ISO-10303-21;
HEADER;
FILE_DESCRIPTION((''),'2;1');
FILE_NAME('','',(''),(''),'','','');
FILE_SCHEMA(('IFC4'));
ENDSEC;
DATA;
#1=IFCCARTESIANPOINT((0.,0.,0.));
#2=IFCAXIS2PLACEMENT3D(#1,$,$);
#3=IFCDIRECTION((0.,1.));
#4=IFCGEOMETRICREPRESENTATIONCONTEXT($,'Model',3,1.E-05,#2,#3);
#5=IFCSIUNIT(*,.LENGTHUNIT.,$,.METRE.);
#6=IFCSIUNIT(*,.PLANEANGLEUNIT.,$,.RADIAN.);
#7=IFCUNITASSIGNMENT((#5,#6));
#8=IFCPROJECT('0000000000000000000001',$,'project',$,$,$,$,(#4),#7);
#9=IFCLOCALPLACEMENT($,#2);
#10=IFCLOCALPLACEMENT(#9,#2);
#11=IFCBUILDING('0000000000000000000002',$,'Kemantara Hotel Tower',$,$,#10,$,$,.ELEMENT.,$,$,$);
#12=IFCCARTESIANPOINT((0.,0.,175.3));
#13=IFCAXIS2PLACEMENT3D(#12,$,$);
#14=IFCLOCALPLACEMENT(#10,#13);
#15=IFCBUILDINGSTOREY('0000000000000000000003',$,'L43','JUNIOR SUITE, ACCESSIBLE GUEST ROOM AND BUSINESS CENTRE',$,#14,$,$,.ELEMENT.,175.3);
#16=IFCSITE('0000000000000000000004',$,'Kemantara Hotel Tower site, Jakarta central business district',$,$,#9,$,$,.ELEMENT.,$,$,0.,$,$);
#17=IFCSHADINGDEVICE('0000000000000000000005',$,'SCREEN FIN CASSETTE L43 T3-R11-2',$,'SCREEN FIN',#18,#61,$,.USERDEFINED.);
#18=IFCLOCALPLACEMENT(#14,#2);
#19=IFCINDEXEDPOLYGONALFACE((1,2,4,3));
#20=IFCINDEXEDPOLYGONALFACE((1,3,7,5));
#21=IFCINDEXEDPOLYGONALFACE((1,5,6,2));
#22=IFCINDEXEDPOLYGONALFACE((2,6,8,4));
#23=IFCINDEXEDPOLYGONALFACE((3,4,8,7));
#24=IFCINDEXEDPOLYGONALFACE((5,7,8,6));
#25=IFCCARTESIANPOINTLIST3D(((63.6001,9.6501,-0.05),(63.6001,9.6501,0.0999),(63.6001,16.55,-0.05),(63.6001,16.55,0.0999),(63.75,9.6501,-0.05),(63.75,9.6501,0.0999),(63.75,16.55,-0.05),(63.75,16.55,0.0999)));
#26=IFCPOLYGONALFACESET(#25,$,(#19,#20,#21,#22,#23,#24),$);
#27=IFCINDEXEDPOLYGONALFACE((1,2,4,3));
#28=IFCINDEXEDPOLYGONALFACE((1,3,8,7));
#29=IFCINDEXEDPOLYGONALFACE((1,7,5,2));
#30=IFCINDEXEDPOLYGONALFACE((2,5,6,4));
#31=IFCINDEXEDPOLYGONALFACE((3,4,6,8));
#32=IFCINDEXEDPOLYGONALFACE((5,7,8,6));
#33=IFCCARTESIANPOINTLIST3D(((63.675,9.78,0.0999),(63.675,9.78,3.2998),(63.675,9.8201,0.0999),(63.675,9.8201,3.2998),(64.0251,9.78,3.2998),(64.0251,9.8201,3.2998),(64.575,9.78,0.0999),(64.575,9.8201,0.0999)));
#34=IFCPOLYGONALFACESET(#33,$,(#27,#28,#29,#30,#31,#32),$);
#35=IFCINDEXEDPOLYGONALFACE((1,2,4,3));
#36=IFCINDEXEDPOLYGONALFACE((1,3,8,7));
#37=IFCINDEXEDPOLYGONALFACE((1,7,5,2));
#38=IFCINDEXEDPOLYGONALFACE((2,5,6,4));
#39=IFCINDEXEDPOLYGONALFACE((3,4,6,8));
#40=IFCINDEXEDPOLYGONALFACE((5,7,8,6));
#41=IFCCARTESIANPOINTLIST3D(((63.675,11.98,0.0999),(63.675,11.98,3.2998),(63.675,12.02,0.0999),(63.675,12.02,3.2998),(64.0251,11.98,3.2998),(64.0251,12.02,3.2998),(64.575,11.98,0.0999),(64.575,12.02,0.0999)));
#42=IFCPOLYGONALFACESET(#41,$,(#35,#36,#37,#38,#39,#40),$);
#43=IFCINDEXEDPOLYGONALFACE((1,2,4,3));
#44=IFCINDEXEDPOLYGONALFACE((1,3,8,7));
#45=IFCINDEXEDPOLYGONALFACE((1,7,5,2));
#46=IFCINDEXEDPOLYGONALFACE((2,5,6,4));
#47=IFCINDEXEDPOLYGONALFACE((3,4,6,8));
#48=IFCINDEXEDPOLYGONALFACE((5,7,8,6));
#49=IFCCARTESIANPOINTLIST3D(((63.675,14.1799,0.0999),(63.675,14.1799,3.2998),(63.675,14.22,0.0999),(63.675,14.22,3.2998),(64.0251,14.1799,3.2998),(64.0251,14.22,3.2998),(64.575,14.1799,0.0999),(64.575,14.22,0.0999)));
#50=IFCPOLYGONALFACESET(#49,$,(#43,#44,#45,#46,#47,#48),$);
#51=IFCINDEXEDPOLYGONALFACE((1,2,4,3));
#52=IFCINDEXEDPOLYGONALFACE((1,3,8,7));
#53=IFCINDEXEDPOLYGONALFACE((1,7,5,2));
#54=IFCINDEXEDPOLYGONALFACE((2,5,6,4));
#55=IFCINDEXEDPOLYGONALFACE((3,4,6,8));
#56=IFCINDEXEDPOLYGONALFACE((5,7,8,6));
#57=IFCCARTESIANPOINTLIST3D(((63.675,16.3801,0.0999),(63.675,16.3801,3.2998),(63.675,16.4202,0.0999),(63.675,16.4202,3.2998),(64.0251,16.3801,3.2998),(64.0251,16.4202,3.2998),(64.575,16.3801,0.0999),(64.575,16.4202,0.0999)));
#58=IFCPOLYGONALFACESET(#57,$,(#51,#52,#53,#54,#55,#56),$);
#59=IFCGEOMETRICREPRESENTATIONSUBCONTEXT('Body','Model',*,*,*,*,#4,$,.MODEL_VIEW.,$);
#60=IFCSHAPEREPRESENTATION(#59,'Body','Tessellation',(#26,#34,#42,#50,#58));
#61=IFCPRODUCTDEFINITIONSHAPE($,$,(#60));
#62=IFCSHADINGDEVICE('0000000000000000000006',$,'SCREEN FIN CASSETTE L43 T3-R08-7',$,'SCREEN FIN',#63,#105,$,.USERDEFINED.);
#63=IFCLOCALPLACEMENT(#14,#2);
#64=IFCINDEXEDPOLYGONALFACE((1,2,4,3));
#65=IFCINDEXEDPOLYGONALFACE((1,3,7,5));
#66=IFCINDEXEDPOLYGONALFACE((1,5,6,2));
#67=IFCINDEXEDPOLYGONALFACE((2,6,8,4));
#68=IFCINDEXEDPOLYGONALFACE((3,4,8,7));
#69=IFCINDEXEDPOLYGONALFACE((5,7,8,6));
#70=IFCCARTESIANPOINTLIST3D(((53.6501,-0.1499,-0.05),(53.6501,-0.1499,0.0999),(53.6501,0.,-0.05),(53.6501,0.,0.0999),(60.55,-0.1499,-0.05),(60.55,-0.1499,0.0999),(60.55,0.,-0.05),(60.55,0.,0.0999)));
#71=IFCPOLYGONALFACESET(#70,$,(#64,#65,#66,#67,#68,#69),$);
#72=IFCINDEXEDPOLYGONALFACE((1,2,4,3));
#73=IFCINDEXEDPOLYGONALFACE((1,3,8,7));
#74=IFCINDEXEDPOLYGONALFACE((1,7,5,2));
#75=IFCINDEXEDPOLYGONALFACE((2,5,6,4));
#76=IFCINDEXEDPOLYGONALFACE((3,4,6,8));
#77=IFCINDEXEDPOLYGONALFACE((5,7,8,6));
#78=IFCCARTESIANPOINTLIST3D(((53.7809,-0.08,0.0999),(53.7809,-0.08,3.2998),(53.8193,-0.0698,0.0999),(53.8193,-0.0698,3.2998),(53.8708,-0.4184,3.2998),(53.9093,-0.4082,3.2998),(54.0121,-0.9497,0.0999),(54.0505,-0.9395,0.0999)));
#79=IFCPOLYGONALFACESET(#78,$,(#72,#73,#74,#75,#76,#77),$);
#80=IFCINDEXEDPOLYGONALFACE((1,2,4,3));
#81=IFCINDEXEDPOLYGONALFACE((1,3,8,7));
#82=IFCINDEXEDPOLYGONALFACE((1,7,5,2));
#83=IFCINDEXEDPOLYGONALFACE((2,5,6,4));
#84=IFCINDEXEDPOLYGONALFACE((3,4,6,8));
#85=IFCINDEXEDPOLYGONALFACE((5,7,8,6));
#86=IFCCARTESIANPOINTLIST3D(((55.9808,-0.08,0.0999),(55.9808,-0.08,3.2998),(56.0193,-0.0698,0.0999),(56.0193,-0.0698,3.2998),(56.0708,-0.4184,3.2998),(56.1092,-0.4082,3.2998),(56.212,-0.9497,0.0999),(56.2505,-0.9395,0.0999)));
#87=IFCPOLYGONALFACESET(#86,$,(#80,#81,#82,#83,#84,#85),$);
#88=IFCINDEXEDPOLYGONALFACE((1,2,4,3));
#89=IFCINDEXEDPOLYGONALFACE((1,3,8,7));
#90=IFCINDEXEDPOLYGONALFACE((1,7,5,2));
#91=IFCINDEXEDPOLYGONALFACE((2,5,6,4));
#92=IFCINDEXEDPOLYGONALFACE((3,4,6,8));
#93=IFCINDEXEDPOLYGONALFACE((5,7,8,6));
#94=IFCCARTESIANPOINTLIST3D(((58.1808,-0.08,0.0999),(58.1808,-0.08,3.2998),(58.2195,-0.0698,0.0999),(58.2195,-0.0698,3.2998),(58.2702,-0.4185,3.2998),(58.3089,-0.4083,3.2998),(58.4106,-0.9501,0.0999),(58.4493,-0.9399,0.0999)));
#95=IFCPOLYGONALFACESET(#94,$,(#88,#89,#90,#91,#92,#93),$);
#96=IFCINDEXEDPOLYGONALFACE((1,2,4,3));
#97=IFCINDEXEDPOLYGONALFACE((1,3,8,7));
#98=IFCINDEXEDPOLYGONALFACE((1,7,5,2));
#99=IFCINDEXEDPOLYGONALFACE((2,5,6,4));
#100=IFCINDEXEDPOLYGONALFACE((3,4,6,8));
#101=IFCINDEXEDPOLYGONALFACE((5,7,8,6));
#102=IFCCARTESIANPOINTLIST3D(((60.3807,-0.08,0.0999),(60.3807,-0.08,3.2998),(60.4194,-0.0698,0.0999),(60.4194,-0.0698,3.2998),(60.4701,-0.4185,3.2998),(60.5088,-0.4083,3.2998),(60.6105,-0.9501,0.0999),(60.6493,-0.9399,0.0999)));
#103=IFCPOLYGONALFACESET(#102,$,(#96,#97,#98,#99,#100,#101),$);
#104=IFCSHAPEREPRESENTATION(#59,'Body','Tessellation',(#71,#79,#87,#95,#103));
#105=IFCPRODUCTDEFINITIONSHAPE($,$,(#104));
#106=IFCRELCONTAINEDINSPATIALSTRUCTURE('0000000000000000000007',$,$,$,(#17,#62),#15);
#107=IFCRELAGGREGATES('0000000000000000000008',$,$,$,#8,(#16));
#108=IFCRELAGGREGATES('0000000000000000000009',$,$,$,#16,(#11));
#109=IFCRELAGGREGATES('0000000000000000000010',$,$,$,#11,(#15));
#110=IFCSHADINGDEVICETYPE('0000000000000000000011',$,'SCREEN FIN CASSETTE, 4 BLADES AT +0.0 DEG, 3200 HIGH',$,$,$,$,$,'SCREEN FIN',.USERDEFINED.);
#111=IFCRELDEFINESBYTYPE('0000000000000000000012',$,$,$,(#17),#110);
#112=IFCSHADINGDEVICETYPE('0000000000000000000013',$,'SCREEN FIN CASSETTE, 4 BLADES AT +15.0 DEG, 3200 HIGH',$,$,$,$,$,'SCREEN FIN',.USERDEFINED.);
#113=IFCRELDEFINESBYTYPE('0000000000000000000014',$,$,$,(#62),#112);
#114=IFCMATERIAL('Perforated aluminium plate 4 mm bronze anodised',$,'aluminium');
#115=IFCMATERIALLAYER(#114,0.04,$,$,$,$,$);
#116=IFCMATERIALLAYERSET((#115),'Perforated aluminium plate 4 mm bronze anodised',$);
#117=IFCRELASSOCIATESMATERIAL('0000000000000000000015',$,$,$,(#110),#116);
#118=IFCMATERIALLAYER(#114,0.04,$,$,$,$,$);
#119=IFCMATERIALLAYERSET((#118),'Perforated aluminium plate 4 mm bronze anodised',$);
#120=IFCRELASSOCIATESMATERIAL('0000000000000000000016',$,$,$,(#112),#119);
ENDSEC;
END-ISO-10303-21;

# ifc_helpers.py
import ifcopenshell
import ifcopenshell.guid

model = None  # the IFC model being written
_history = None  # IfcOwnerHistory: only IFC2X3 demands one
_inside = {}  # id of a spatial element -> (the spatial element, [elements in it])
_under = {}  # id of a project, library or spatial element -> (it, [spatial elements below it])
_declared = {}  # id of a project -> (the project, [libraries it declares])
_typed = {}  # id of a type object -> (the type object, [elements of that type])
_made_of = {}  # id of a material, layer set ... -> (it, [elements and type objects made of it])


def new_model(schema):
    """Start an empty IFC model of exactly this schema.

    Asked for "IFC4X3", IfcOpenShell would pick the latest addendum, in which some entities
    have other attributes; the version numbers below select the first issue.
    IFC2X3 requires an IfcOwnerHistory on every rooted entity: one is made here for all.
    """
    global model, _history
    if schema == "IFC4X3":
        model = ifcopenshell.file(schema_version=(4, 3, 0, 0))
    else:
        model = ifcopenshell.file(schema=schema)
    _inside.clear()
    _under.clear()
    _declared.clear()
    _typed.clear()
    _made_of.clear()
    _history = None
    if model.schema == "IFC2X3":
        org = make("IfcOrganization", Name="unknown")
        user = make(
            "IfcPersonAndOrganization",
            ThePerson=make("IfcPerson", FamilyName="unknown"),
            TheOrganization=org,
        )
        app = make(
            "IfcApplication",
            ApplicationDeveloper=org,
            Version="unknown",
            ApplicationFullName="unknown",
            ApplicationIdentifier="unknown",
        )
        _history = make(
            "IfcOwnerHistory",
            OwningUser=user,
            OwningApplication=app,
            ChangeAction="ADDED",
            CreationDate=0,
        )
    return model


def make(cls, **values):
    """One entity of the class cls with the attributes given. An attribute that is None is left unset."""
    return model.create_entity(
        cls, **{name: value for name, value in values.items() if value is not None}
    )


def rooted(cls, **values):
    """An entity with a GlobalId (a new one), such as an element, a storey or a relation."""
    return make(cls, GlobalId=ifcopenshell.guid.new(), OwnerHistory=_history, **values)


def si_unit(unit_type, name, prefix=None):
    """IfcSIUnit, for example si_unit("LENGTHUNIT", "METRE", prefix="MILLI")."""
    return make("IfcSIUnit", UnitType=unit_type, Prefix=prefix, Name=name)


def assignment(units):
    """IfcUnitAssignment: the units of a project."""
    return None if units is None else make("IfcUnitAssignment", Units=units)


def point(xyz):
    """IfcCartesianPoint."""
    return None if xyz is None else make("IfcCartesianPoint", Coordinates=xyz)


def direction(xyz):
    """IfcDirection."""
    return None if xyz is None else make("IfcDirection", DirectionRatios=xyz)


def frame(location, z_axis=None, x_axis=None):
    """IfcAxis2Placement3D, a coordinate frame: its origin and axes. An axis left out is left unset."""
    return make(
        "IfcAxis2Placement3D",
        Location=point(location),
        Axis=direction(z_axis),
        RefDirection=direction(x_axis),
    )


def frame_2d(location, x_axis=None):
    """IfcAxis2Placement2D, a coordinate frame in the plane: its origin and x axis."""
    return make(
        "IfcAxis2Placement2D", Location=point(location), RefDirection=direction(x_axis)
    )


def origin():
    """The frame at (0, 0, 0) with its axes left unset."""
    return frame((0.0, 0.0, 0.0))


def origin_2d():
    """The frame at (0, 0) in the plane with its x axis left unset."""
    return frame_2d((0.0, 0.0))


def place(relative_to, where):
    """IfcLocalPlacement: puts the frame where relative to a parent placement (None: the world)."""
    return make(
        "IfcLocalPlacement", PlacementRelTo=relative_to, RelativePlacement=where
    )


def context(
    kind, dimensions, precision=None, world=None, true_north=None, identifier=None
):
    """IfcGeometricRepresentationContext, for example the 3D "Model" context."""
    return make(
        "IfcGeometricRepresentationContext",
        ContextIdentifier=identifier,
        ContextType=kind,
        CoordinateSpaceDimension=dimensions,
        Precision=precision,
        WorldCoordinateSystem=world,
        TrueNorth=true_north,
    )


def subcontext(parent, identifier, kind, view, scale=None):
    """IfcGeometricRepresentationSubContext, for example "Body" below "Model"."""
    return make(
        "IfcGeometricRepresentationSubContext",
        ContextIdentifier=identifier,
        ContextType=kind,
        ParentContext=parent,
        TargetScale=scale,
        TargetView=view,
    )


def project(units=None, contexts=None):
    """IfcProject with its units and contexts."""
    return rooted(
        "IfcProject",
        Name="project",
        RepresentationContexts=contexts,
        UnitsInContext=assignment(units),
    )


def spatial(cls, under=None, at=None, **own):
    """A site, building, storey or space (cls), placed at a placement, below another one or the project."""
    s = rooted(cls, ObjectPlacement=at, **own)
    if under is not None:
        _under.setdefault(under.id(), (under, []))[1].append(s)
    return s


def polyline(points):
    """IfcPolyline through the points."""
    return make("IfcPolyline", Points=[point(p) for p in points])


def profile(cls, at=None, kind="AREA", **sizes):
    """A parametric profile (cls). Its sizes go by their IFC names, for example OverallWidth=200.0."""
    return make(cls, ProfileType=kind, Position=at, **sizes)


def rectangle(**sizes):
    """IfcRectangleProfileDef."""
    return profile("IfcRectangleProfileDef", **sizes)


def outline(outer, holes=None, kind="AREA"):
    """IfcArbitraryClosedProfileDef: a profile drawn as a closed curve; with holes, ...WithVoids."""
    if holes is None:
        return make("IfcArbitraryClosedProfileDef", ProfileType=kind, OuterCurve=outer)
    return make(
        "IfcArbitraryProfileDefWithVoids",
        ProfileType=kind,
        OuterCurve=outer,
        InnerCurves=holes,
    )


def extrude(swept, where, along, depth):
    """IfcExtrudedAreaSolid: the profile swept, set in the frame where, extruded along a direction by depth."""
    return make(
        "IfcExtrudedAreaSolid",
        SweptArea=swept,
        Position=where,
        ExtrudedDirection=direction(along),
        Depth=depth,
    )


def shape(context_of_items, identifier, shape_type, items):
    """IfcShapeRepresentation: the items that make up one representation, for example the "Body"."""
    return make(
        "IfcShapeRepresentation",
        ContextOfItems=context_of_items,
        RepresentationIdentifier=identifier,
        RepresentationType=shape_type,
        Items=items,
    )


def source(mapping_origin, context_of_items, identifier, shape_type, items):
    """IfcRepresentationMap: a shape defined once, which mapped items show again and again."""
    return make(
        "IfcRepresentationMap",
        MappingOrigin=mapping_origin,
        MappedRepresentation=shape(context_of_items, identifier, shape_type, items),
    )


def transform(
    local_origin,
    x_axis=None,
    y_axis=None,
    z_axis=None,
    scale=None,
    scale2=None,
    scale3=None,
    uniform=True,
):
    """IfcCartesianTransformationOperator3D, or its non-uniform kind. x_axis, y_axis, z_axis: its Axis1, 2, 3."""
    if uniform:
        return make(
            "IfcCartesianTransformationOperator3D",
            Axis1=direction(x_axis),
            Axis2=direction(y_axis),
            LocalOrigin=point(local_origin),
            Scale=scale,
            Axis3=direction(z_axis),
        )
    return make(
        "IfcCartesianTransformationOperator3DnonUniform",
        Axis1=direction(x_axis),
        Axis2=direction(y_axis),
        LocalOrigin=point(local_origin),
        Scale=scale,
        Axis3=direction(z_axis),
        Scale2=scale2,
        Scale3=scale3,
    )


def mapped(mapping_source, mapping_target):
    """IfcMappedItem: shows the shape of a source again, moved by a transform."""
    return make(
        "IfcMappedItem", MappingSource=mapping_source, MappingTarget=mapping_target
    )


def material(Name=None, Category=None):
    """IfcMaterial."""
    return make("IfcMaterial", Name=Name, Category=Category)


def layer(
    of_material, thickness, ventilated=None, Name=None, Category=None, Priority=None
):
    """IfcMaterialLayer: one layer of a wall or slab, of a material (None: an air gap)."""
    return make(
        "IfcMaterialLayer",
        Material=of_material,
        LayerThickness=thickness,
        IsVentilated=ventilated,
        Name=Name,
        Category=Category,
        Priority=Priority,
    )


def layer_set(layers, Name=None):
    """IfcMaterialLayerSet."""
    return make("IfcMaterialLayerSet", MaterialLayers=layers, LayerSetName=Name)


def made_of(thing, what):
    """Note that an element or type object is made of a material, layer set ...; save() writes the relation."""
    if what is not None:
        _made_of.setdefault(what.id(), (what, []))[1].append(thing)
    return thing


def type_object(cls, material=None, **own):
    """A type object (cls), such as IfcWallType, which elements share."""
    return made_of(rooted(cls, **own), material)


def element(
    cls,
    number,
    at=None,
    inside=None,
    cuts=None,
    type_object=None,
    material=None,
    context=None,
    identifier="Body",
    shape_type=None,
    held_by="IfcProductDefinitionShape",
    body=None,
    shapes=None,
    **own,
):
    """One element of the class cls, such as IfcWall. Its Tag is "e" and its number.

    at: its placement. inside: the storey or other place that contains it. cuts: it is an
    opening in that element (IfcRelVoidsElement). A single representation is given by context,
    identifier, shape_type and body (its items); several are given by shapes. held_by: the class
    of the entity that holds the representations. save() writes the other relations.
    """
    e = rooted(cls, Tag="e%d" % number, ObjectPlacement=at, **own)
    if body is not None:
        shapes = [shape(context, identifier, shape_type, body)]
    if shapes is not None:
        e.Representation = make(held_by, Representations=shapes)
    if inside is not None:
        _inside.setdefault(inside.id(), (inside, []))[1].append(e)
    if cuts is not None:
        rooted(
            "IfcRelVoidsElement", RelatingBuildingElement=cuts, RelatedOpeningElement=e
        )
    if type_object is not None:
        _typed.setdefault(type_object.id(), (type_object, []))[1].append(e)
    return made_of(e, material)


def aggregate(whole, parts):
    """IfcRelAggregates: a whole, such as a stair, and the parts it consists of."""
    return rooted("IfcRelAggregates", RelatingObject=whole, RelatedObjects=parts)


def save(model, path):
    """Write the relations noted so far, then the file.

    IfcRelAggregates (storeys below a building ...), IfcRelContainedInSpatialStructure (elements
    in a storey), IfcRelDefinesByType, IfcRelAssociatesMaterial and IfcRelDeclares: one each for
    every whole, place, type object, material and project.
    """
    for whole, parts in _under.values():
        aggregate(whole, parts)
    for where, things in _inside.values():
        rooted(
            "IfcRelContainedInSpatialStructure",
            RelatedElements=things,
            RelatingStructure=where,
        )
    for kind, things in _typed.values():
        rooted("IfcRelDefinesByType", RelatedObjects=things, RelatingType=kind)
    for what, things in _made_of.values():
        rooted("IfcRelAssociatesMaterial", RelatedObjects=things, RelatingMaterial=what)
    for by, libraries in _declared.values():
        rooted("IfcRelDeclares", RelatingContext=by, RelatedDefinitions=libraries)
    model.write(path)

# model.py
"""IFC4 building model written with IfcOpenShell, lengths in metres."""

from ifc_helpers import new_model, si_unit, direction, frame, origin, origin_2d, place, context, subcontext, project, spatial, polyline, rectangle, outline, extrude, source, transform, mapped, material, layer, layer_set, type_object, element, save


model = new_model("IFC4")

# Units and contexts
model_context = context("Model", 3, precision=1e-05, world=origin(), true_north=direction((0.0, 1.0)))
body_context = subcontext(model_context, "Body", "Model", "MODEL_VIEW")
ifc_project = project(units=[si_unit("LENGTHUNIT", "METRE"), si_unit("PLANEANGLEUNIT", "RADIAN")], contexts=[model_context])

# Site, building, storey
site_placement = place(None, origin())
site = spatial("IfcSite", under=ifc_project, at=site_placement, Name="Kemantara Hotel Tower site, Jakarta central business district", CompositionType="ELEMENT", RefElevation=0.0)
building_placement = place(site_placement, origin())
building = spatial("IfcBuilding", under=site, at=building_placement, Name="Kemantara Hotel Tower", CompositionType="ELEMENT")
storey_placement = place(building_placement, frame((0.0, 0.0, 175.3)))
storey = spatial("IfcBuildingStorey", under=building, at=storey_placement, Name="L43", Description="JUNIOR SUITE, ACCESSIBLE GUEST ROOM AND BUSINESS CENTRE", CompositionType="ELEMENT", Elevation=175.3)

# Shading devices
ifc_material_1 = material(Name="Perforated aluminium plate 4 mm bronze anodised", Category="aluminium")
ifc_layer_1 = layer(ifc_material_1, 0.04)
ifc_layer_set_1 = layer_set([ifc_layer_1], Name="Perforated aluminium plate 4 mm bronze anodised")
shading_device_type_1 = type_object("IfcShadingDeviceType", Name="SCREEN FIN CASSETTE, 4 BLADES AT +0.0 DEG, 3200 HIGH", ElementType="SCREEN FIN", PredefinedType="USERDEFINED", material=ifc_layer_set_1)
shared_shape_1 = source(origin(), body_context, "Body", "SweptSolid", [
    extrude(rectangle(XDim=6.8999, YDim=0.1499, at=origin_2d()), frame((3.3, -0.075, -0.1499), z_axis=(0.0, 0.0, 1.0), x_axis=(1.0, 0.0, 0.0)), (0.0, 0.0, 1.0), 0.1499),
    extrude(outline(polyline([(0.0, 0.0), (0.8999, 0.0), (0.3501, 3.2), (0.0, 3.2), (0.0, 0.0)])), frame((0.02, -0.075, 0.0), z_axis=(-1.0, 0.0, 0.0), x_axis=(0.0, -1.0, 0.0)), (0.0, 0.0, 1.0), 0.04),
    extrude(outline(polyline([(0.0, 0.0), (0.8999, 0.0), (0.3501, 3.2), (0.0, 3.2), (0.0, 0.0)])), frame((2.22, -0.075, 0.0), z_axis=(-1.0, 0.0, 0.0), x_axis=(0.0, -1.0, 0.0)), (0.0, 0.0, 1.0), 0.04),
    extrude(outline(polyline([(0.0, 0.0), (0.8999, 0.0), (0.3501, 3.2), (0.0, 3.2), (0.0, 0.0)])), frame((4.4199, -0.075, 0.0), z_axis=(-1.0, 0.0, 0.0), x_axis=(0.0, -1.0, 0.0)), (0.0, 0.0, 1.0), 0.04),
    extrude(outline(polyline([(0.0, 0.0), (0.8999, 0.0), (0.3501, 3.2), (0.0, 3.2), (0.0, 0.0)])), frame((6.6201, -0.075, 0.0), z_axis=(-1.0, 0.0, 0.0), x_axis=(0.0, -1.0, 0.0)), (0.0, 0.0, 1.0), 0.04),
])
shading_device_1_placement = place(storey_placement, frame((63.6001, 9.8, 0.0999), z_axis=(0.0, 0.0, 1.0), x_axis=(0.0, 1.0, 0.0)))
element("IfcShadingDevice", 1, at=shading_device_1_placement, inside=storey, type_object=shading_device_type_1, Name="SCREEN FIN CASSETTE L43 T3-R11-2", ObjectType="SCREEN FIN", PredefinedType="USERDEFINED", context=body_context, shape_type="MappedRepresentation", body=[
    mapped(shared_shape_1, transform((0.0, 0.0, 0.0))),
])
ifc_layer_2 = layer(ifc_material_1, 0.04)
ifc_layer_set_2 = layer_set([ifc_layer_2], Name="Perforated aluminium plate 4 mm bronze anodised")
shading_device_type_2 = type_object("IfcShadingDeviceType", Name="SCREEN FIN CASSETTE, 4 BLADES AT +15.0 DEG, 3200 HIGH", ElementType="SCREEN FIN", PredefinedType="USERDEFINED", material=ifc_layer_set_2)
shared_shape_2 = source(origin(), body_context, "Body", "SweptSolid", [
    extrude(rectangle(XDim=6.8999, YDim=0.1499, at=origin_2d()), frame((3.3, -0.075, -0.1499), z_axis=(0.0, 0.0, 1.0), x_axis=(1.0, 0.0, 0.0)), (0.0, 0.0, 1.0), 0.1499),
    extrude(outline(polyline([(0.0, 0.0), (0.8999, 0.0), (0.3501, 3.2), (0.0, 3.2), (0.0, 0.0)])), frame((0.0193, -0.0698, 0.0), z_axis=(-0.966438, -0.256901, 0.0), x_axis=(0.256901, -0.966438, 0.0)), (0.0, 0.0, 1.0), 0.0398),
    extrude(outline(polyline([(0.0, 0.0), (0.8999, 0.0), (0.3501, 3.2), (0.0, 3.2), (0.0, 0.0)])), frame((2.2192, -0.0698, 0.0), z_axis=(-0.966438, -0.256901, 0.0), x_axis=(0.256901, -0.966438, 0.0)), (0.0, 0.0, 1.0), 0.0398),
    extrude(outline(polyline([(0.0, 0.0), (0.8999, 0.0), (0.3501, 3.2), (0.0, 3.2), (0.0, 0.0)])), frame((4.4194, -0.0698, 0.0), z_axis=(-0.966838, -0.255391, 0.0), x_axis=(0.255391, -0.966838, 0.0)), (0.0, 0.0, 1.0), 0.04),
    extrude(outline(polyline([(0.0, 0.0), (0.8999, 0.0), (0.3501, 3.2), (0.0, 3.2), (0.0, 0.0)])), frame((6.6194, -0.0698, 0.0), z_axis=(-0.966838, -0.255391, 0.0), x_axis=(0.255391, -0.966838, 0.0)), (0.0, 0.0, 1.0), 0.04),
])
shading_device_2_placement = place(storey_placement, frame((53.8, 0.0, 0.0999), z_axis=(0.0, 0.0, 1.0), x_axis=(1.0, 0.0, 0.0)))
element("IfcShadingDevice", 2, at=shading_device_2_placement, inside=storey, type_object=shading_device_type_2, Name="SCREEN FIN CASSETTE L43 T3-R08-7", ObjectType="SCREEN FIN", PredefinedType="USERDEFINED", context=body_context, shape_type="MappedRepresentation", body=[
    mapped(shared_shape_2, transform((0.0, 0.0, 0.0))),
])

save(model, "model.ifc")
